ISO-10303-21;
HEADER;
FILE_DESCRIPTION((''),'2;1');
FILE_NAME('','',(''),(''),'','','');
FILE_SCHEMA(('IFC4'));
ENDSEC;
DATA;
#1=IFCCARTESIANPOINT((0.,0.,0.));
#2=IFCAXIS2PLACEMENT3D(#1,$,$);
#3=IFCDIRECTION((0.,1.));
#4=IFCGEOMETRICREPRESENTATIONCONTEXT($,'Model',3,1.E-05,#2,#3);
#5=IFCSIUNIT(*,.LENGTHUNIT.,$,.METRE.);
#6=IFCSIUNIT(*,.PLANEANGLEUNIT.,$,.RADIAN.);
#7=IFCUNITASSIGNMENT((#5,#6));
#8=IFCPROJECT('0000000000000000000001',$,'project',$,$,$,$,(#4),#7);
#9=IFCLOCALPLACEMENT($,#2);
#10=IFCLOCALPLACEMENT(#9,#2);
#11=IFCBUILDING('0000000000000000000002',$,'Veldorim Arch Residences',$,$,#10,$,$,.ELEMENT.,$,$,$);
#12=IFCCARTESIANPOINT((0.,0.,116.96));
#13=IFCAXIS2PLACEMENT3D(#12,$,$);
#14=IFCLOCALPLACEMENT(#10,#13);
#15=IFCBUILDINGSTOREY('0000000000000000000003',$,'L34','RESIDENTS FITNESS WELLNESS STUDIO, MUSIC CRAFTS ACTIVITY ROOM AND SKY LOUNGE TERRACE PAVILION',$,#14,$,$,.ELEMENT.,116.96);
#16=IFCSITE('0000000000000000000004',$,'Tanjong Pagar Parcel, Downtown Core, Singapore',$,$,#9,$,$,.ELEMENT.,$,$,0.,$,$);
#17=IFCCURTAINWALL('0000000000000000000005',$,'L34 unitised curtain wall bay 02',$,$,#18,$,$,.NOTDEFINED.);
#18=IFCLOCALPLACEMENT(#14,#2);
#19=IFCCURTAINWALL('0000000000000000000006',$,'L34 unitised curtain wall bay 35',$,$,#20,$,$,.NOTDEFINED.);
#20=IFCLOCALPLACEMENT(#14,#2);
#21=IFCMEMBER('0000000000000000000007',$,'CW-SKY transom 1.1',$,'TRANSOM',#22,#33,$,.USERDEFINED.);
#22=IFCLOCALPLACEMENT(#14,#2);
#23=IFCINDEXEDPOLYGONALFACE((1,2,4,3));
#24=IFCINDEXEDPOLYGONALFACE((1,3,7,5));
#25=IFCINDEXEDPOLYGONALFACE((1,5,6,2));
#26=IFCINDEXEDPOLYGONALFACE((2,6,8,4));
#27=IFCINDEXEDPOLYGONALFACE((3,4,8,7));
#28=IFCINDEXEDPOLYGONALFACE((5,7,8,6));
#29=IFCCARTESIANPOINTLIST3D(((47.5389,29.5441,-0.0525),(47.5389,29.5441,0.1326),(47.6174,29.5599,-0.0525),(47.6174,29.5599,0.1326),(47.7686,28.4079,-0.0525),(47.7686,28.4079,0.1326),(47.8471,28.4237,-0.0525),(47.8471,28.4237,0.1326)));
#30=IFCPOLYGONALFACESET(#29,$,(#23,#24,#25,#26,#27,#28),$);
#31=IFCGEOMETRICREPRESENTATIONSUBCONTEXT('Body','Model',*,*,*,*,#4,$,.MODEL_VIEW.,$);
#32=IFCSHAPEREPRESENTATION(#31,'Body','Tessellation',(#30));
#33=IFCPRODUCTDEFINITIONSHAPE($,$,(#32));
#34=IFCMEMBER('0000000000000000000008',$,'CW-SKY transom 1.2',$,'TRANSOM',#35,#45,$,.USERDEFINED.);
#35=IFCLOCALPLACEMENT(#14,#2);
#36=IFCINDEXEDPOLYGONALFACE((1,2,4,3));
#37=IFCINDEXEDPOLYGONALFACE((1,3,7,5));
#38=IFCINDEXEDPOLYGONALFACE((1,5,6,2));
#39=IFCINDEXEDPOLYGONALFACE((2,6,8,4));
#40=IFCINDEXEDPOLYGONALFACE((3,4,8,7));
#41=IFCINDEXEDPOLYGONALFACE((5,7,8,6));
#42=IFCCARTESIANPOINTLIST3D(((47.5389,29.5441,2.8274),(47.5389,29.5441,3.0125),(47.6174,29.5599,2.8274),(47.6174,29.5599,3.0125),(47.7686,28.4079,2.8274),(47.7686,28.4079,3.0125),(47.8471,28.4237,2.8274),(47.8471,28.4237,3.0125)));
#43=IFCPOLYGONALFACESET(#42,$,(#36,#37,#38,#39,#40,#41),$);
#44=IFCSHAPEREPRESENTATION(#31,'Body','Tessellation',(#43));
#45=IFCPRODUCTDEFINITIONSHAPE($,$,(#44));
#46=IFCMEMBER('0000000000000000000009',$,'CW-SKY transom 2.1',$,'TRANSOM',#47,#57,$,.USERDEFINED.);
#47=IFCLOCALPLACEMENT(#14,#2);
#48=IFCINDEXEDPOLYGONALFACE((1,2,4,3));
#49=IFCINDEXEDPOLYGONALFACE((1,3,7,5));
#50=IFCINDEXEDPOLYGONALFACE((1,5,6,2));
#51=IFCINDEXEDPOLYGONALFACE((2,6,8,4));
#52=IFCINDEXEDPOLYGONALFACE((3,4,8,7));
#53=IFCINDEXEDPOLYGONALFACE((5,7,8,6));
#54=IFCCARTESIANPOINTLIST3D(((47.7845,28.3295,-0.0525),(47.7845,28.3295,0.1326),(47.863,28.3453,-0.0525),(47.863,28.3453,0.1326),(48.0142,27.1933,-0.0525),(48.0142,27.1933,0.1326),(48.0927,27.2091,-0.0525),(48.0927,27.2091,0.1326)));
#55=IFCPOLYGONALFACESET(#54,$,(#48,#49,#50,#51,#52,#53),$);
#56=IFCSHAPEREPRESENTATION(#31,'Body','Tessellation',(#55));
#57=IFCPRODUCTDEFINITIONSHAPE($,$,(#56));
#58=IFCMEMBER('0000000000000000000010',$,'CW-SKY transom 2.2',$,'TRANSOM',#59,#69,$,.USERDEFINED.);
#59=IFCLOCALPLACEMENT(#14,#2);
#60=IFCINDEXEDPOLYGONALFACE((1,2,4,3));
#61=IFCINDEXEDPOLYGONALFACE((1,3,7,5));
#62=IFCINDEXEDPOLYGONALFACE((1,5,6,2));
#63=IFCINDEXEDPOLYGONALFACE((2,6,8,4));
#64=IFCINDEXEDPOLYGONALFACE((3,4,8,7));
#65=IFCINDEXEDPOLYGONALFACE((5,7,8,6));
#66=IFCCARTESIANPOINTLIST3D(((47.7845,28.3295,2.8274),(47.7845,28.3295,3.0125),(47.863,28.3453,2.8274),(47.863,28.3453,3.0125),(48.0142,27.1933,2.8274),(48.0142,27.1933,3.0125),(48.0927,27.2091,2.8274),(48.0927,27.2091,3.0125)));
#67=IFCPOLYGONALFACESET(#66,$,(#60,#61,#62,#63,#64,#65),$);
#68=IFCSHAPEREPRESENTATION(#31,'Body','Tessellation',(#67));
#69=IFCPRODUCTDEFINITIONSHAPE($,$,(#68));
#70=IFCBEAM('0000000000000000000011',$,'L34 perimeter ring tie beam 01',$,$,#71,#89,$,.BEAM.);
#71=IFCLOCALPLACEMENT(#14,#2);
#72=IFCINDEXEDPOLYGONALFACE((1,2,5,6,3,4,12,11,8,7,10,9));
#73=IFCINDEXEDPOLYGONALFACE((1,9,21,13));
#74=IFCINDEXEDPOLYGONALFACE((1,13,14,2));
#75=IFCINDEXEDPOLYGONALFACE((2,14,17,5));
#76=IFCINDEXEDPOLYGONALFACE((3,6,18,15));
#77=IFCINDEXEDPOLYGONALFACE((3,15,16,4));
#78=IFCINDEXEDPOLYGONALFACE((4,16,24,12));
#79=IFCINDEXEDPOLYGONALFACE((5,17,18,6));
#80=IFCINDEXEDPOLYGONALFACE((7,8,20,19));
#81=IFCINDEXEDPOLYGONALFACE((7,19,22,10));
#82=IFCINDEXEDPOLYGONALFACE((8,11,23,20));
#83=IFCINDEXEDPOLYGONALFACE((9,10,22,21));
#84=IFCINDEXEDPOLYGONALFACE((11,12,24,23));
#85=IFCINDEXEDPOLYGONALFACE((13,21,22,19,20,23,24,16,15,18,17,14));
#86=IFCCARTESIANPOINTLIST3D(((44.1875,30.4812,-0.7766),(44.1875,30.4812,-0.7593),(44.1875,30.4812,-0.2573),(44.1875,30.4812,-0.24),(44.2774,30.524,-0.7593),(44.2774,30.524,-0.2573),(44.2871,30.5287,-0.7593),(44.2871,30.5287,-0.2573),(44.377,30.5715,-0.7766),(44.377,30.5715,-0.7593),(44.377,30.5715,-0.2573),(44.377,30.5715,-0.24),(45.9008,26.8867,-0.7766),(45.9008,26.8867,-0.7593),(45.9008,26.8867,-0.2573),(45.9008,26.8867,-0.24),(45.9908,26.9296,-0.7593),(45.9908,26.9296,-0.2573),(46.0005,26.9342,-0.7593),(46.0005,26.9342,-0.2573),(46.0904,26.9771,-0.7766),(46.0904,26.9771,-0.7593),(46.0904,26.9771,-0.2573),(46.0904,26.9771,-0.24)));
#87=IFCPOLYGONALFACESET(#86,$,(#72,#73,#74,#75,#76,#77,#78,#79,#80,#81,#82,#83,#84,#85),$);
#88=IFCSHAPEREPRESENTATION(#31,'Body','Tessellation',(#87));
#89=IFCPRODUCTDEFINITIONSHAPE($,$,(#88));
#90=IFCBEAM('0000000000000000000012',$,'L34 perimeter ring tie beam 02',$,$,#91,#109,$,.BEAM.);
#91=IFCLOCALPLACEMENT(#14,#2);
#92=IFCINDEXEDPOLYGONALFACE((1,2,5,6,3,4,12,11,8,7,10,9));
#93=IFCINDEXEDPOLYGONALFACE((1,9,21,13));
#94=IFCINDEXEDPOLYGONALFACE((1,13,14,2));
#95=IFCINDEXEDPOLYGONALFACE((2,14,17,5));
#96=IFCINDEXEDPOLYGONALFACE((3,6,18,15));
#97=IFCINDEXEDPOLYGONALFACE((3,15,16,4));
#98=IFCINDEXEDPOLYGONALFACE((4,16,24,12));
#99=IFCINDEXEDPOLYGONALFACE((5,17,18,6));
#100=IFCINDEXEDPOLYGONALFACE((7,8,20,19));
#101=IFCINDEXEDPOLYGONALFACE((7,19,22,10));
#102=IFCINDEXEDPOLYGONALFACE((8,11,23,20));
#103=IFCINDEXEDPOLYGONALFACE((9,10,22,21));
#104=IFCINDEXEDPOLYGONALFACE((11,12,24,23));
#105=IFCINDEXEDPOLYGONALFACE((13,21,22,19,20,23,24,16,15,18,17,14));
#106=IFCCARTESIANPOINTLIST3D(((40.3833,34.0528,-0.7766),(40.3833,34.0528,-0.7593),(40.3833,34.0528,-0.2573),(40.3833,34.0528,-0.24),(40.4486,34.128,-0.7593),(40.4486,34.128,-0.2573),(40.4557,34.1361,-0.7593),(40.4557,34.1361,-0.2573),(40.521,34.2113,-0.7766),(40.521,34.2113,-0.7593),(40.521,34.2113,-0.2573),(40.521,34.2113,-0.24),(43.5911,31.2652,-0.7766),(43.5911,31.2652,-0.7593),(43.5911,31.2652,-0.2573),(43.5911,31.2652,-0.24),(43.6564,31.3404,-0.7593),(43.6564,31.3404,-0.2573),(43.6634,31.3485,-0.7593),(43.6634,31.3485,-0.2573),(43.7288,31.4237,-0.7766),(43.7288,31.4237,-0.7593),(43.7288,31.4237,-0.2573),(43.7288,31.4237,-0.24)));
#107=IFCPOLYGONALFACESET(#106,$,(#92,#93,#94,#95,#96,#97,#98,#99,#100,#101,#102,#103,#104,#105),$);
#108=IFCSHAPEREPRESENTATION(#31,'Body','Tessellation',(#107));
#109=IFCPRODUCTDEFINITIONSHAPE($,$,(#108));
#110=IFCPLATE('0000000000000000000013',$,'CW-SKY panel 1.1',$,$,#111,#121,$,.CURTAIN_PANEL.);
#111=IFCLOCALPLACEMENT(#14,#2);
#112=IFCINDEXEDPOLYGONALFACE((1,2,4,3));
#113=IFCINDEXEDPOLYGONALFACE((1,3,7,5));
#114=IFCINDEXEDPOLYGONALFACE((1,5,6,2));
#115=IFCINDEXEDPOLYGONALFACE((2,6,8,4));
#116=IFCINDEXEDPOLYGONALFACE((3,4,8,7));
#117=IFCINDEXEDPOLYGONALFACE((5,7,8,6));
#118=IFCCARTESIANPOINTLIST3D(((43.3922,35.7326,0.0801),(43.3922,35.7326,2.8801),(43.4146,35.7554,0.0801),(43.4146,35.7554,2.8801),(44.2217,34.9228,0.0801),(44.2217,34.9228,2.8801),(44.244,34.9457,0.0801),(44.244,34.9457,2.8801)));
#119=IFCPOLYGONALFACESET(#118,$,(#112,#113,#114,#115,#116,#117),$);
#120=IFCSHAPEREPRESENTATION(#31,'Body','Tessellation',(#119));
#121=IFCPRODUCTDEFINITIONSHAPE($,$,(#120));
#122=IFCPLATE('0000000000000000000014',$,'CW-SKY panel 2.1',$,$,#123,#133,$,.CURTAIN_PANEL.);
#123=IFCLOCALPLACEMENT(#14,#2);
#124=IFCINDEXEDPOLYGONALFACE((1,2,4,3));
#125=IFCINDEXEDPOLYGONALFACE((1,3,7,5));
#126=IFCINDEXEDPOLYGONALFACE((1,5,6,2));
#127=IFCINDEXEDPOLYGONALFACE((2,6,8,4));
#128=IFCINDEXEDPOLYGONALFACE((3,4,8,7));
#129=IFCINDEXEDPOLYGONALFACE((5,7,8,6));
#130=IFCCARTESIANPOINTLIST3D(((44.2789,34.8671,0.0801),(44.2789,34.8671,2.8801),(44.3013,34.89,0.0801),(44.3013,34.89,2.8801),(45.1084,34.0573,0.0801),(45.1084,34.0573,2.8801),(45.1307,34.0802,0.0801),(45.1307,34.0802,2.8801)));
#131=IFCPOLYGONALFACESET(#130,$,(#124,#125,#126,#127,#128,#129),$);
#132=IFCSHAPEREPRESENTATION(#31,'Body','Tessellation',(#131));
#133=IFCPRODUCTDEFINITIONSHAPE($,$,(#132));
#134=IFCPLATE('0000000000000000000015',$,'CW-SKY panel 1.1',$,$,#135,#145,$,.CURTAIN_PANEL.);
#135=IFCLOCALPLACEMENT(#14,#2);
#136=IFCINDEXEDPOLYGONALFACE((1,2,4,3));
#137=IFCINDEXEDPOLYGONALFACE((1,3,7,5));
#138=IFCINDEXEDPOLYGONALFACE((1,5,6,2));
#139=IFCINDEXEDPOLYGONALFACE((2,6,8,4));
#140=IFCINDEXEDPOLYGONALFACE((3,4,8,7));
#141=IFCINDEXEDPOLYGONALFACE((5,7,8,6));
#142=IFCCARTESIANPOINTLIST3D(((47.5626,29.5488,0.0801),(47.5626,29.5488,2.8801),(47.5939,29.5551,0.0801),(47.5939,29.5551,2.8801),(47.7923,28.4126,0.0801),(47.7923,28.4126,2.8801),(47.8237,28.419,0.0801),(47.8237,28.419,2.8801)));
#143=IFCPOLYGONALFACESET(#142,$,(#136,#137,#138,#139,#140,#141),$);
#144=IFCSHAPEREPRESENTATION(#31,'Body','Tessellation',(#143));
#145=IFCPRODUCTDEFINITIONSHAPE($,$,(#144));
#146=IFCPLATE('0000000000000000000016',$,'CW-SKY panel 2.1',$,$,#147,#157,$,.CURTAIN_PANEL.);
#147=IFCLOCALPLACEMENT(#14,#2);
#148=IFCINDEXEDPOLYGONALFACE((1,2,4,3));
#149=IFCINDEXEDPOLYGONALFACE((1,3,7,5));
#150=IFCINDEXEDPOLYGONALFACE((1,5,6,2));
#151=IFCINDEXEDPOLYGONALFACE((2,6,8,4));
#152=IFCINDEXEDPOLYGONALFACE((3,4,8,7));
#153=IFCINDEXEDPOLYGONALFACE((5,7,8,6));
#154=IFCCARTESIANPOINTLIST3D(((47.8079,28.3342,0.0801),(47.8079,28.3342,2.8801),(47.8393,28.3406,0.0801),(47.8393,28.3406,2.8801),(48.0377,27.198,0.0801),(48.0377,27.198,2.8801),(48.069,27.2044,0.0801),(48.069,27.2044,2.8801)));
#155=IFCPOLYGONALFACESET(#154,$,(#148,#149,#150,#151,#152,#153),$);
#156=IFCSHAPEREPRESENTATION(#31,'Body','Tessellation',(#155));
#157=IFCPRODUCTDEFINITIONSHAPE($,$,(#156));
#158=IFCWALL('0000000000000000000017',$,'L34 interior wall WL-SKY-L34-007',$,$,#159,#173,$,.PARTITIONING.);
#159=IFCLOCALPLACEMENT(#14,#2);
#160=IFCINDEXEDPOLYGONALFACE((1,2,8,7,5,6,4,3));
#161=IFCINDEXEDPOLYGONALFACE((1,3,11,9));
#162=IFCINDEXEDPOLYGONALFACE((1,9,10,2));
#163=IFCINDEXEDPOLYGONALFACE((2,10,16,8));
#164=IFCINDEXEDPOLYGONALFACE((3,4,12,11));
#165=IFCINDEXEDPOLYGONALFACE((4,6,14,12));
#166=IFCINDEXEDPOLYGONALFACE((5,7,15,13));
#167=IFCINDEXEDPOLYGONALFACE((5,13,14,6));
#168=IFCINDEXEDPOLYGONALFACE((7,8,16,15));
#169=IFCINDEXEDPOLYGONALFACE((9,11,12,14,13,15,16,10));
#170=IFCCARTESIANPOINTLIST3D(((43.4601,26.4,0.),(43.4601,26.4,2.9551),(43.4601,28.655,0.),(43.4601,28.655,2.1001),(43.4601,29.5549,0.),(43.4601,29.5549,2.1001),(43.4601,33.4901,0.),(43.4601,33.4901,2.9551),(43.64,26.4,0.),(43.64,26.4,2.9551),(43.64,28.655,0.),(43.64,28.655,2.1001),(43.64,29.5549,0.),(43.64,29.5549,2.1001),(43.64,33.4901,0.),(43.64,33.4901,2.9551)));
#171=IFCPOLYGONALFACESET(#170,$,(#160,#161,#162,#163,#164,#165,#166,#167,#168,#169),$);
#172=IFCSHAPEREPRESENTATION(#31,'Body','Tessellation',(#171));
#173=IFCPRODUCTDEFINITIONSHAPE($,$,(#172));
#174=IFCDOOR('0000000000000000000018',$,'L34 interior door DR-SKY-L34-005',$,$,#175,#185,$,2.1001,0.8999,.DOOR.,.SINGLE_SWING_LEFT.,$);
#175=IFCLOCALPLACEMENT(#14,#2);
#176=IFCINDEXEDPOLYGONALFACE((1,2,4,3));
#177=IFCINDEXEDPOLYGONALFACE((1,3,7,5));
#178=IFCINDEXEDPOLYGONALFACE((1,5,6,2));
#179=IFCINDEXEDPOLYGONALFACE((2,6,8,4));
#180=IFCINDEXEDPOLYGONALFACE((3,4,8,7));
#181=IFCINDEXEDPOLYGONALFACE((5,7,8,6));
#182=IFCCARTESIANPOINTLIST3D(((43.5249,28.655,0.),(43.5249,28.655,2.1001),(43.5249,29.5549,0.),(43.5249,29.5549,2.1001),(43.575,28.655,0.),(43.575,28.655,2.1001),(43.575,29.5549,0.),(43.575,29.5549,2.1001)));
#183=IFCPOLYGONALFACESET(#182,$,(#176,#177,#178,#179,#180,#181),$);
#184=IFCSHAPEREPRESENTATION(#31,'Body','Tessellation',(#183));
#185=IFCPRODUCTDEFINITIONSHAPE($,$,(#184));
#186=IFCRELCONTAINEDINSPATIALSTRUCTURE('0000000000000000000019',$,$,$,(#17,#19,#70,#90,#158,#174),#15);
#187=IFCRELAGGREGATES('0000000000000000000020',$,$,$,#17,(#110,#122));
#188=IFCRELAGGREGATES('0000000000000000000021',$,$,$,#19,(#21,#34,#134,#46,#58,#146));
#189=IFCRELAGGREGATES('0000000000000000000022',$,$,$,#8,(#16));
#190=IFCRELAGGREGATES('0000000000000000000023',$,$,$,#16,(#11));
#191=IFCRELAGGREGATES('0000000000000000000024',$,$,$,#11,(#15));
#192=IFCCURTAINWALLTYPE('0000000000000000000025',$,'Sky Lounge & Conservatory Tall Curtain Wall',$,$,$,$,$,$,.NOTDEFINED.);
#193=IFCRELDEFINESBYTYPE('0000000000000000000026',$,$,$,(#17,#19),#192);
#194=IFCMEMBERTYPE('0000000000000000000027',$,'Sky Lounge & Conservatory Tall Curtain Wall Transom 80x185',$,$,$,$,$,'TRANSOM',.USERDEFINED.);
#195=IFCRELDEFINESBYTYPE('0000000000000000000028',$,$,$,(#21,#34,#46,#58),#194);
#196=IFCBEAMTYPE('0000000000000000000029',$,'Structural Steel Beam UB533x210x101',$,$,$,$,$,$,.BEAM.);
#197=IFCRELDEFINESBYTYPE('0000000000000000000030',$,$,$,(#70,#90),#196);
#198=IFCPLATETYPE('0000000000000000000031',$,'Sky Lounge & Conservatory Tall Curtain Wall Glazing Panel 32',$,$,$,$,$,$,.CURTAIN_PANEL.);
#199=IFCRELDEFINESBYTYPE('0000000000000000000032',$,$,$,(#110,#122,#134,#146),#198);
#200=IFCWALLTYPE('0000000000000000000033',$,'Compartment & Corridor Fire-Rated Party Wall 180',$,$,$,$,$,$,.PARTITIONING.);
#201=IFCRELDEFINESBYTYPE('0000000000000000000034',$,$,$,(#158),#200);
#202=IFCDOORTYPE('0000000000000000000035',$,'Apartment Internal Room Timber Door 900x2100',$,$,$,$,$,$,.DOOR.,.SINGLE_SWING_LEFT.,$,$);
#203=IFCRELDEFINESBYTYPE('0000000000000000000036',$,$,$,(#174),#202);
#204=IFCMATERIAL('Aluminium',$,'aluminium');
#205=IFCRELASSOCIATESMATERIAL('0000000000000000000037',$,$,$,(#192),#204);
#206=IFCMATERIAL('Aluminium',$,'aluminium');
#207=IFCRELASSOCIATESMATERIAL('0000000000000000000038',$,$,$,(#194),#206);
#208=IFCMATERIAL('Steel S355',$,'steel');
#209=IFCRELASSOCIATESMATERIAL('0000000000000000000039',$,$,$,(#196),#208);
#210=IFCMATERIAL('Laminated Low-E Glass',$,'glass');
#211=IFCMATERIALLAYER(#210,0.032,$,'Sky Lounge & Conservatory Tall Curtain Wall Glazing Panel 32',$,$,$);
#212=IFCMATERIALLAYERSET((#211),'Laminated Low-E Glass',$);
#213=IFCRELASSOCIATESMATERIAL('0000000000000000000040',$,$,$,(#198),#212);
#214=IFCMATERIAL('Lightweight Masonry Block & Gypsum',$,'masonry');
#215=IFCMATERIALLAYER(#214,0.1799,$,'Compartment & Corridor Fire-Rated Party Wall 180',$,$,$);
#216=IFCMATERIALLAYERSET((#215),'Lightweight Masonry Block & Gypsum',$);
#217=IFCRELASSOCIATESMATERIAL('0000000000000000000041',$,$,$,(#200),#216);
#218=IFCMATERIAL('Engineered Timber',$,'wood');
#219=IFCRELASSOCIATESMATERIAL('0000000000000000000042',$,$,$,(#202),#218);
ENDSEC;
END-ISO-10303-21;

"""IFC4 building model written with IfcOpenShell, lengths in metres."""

from ifc_helpers import new_model, si_unit, direction, frame, frame_2d, origin, origin_2d, place, context, subcontext, project, spatial, rectangle, i_section, extrude, material, layer, layer_set, material_profile, profile_set, type_object, element, fill, aggregate, save


model = new_model("IFC4")

# Units and contexts
model_context = context("Model", 3, precision=1e-05, world=origin(), true_north=direction((0.0, 1.0)))
body_context = subcontext(model_context, "Body", "Model", "MODEL_VIEW")
ifc_project = project(units=[si_unit("LENGTHUNIT", "METRE"), si_unit("PLANEANGLEUNIT", "RADIAN")], contexts=[model_context])

# Site, building, storey
site_placement = place(None, origin())
site = spatial("IfcSite", under=ifc_project, at=site_placement, Name="Tanjong Pagar Parcel, Downtown Core, Singapore", CompositionType="ELEMENT", RefElevation=0.0)
building_placement = place(site_placement, origin())
building = spatial("IfcBuilding", under=site, at=building_placement, Name="Veldorim Arch Residences", CompositionType="ELEMENT")
storey_placement = place(building_placement, frame((0.0, 0.0, 116.96)))
storey = spatial("IfcBuildingStorey", under=building, at=storey_placement, Name="L34", Description="RESIDENTS FITNESS WELLNESS STUDIO, MUSIC CRAFTS ACTIVITY ROOM AND SKY LOUNGE TERRACE PAVILION", CompositionType="ELEMENT", Elevation=116.96)

# Curtain walls
ifc_material_1 = material(Name="Aluminium", Category="aluminium")
curtain_wall_type = type_object("IfcCurtainWallType", Name="Sky Lounge & Conservatory Tall Curtain Wall", PredefinedType="NOTDEFINED", material=ifc_material_1)
curtain_wall_1_placement = place(storey_placement, origin())
curtain_wall_1 = element("IfcCurtainWall", 1, at=curtain_wall_1_placement, inside=storey, type_object=curtain_wall_type, Name="L34 unitised curtain wall bay 02", PredefinedType="NOTDEFINED")
curtain_wall_2_placement = place(storey_placement, origin())
curtain_wall_2 = element("IfcCurtainWall", 2, at=curtain_wall_2_placement, inside=storey, type_object=curtain_wall_type, Name="L34 unitised curtain wall bay 35", PredefinedType="NOTDEFINED")

# Members
ifc_material_2 = material(Name="Aluminium", Category="aluminium")
ifc_material_profile_1 = material_profile(ifc_material_2, rectangle(XDim=0.0801, YDim=0.1851, at=origin_2d()), Name="ALU_TRN_80x185")
ifc_profile_set_1 = profile_set([ifc_material_profile_1], Name="Aluminium")
member_type_1 = type_object("IfcMemberType", Name="Sky Lounge & Conservatory Tall Curtain Wall Transom 80x185", ElementType="TRANSOM", PredefinedType="USERDEFINED", material=ifc_profile_set_1)
member_1_placement = place(storey_placement, frame((47.5781, 29.552, 0.04), z_axis=(0.198181, -0.980165, 0.0), x_axis=(0.980165, 0.198181, 0.0)))
member_1 = element("IfcMember", 3, at=member_1_placement, type_object=member_type_1, Name="CW-SKY transom 1.1", ObjectType="TRANSOM", PredefinedType="USERDEFINED", context=body_context, shape_type="SweptSolid", body=[
    extrude(rectangle(XDim=0.0801, YDim=0.1851, at=origin_2d()), origin(), (0.0, 0.0, 1.0), 1.1592),
])
member_2_placement = place(storey_placement, frame((47.5781, 29.552, 2.9199), z_axis=(0.198181, -0.980165, 0.0), x_axis=(0.980165, 0.198181, 0.0)))
member_2 = element("IfcMember", 4, at=member_2_placement, type_object=member_type_1, Name="CW-SKY transom 1.2", ObjectType="TRANSOM", PredefinedType="USERDEFINED", context=body_context, shape_type="SweptSolid", body=[
    extrude(rectangle(XDim=0.0801, YDim=0.1851, at=origin_2d()), origin(), (0.0, 0.0, 1.0), 1.1592),
])
member_3_placement = place(storey_placement, frame((47.8237, 28.3374, 0.04), z_axis=(0.198181, -0.980165, 0.0), x_axis=(0.980165, 0.198181, 0.0)))
member_3 = element("IfcMember", 5, at=member_3_placement, type_object=member_type_1, Name="CW-SKY transom 2.1", ObjectType="TRANSOM", PredefinedType="USERDEFINED", context=body_context, shape_type="SweptSolid", body=[
    extrude(rectangle(XDim=0.0801, YDim=0.1851, at=origin_2d()), origin(), (0.0, 0.0, 1.0), 1.1592),
])
member_4_placement = place(storey_placement, frame((47.8237, 28.3374, 2.9199), z_axis=(0.198181, -0.980165, 0.0), x_axis=(0.980165, 0.198181, 0.0)))
member_4 = element("IfcMember", 6, at=member_4_placement, type_object=member_type_1, Name="CW-SKY transom 2.2", ObjectType="TRANSOM", PredefinedType="USERDEFINED", context=body_context, shape_type="SweptSolid", body=[
    extrude(rectangle(XDim=0.0801, YDim=0.1851, at=origin_2d()), origin(), (0.0, 0.0, 1.0), 1.1592),
])

# Beams
ifc_material_3 = material(Name="Steel S355", Category="steel")
ifc_material_profile_2 = material_profile(ifc_material_3, i_section(OverallWidth=0.21, OverallDepth=0.5366, WebThickness=0.0107, FlangeThickness=0.0173, at=origin_2d()), Name="UB533x210x101")
ifc_profile_set_2 = profile_set([ifc_material_profile_2], Name="Steel S355")
beam_type = type_object("IfcBeamType", Name="Structural Steel Beam UB533x210x101", PredefinedType="BEAM", material=ifc_profile_set_2)
beam_1_placement = place(storey_placement, frame((45.9956, 26.9319, -0.5083), z_axis=(-0.430286, 0.902693, 0.0), x_axis=(-0.902693, -0.430286, 0.0)))
element("IfcBeam", 7, at=beam_1_placement, inside=storey, type_object=beam_type, Name="L34 perimeter ring tie beam 01", PredefinedType="BEAM", context=body_context, shape_type="SweptSolid", body=[
    extrude(i_section(OverallWidth=0.21, OverallDepth=0.5366, WebThickness=0.0107, FlangeThickness=0.0173, at=origin_2d()), origin(), (0.0, 0.0, 1.0), 3.9819),
])
beam_2_placement = place(storey_placement, frame((43.6599, 31.3445, -0.5083), z_axis=(-0.754811, 0.655943, 0.0), x_axis=(-0.655943, -0.754811, 0.0)))
element("IfcBeam", 8, at=beam_2_placement, inside=storey, type_object=beam_type, Name="L34 perimeter ring tie beam 02", PredefinedType="BEAM", context=body_context, shape_type="SweptSolid", body=[
    extrude(i_section(OverallWidth=0.21, OverallDepth=0.5366, WebThickness=0.0107, FlangeThickness=0.0173, at=origin_2d()), origin(), (0.0, 0.0, 1.0), 4.2498),
])

# Plates
ifc_material_4 = material(Name="Laminated Low-E Glass", Category="glass")
ifc_layer_1 = layer(ifc_material_4, 0.032, Name="Sky Lounge & Conservatory Tall Curtain Wall Glazing Panel 32")
ifc_layer_set_1 = layer_set([ifc_layer_1], Name="Laminated Low-E Glass")
plate_type = type_object("IfcPlateType", Name="Sky Lounge & Conservatory Tall Curtain Wall Glazing Panel 32", PredefinedType="CURTAIN_PANEL", material=ifc_layer_set_1)
plate_1_placement = place(storey_placement, frame((43.8181, 35.3391, 0.0801), z_axis=(0.0, 0.0, 1.0), x_axis=(0.715538, -0.698573, 0.0)))
plate_1 = element("IfcPlate", 9, at=plate_1_placement, type_object=plate_type, Name="CW-SKY panel 1.1", PredefinedType="CURTAIN_PANEL", context=body_context, shape_type="SweptSolid", body=[
    extrude(rectangle(XDim=1.1592, YDim=0.032, at=origin_2d()), origin(), (0.0, 0.0, 1.0), 2.8),
])
plate_2_placement = place(storey_placement, frame((44.7048, 34.4736, 0.0801), z_axis=(0.0, 0.0, 1.0), x_axis=(0.715538, -0.698573, 0.0)))
plate_2 = element("IfcPlate", 10, at=plate_2_placement, type_object=plate_type, Name="CW-SKY panel 2.1", PredefinedType="CURTAIN_PANEL", context=body_context, shape_type="SweptSolid", body=[
    extrude(rectangle(XDim=1.1592, YDim=0.032, at=origin_2d()), origin(), (0.0, 0.0, 1.0), 2.8),
])
aggregate(curtain_wall_1, [plate_1, plate_2])
plate_3_placement = place(storey_placement, frame((47.6931, 28.9839, 0.0801), z_axis=(0.0, 0.0, 1.0), x_axis=(0.198183, -0.980165, 0.0)))
plate_3 = element("IfcPlate", 11, at=plate_3_placement, type_object=plate_type, Name="CW-SKY panel 1.1", PredefinedType="CURTAIN_PANEL", context=body_context, shape_type="SweptSolid", body=[
    extrude(rectangle(XDim=1.1592, YDim=0.032, at=origin_2d()), origin(), (0.0, 0.0, 1.0), 2.8),
])
plate_4_placement = place(storey_placement, frame((47.9385, 27.7693, 0.0801), z_axis=(0.0, 0.0, 1.0), x_axis=(0.198183, -0.980165, 0.0)))
plate_4 = element("IfcPlate", 12, at=plate_4_placement, type_object=plate_type, Name="CW-SKY panel 2.1", PredefinedType="CURTAIN_PANEL", context=body_context, shape_type="SweptSolid", body=[
    extrude(rectangle(XDim=1.1592, YDim=0.032, at=origin_2d()), origin(), (0.0, 0.0, 1.0), 2.8),
])
aggregate(curtain_wall_2, [member_1, member_2, plate_3, member_3, member_4, plate_4])

# Wall, opening, door
ifc_material_5 = material(Name="Lightweight Masonry Block & Gypsum", Category="masonry")
ifc_layer_2 = layer(ifc_material_5, 0.1799, Name="Compartment & Corridor Fire-Rated Party Wall 180")
ifc_layer_set_2 = layer_set([ifc_layer_2], Name="Lightweight Masonry Block & Gypsum")
wall_type_1 = type_object("IfcWallType", Name="Compartment & Corridor Fire-Rated Party Wall 180", PredefinedType="PARTITIONING", material=ifc_layer_set_2)
wall_1_placement = place(storey_placement, frame((43.55, 33.49, 0.0), z_axis=(0.0, 0.0, 1.0), x_axis=(0.0, -1.0, 0.0)))
wall_1 = element("IfcWall", 13, at=wall_1_placement, inside=storey, type_object=wall_type_1, Name="L34 interior wall WL-SKY-L34-007", PredefinedType="PARTITIONING", context=body_context, shape_type="SweptSolid", body=[
    extrude(rectangle(XDim=7.0901, YDim=0.1799, at=frame_2d((3.5449, 0.0))), origin(), (0.0, 0.0, 1.0), 2.9551),
])
opening_1_placement = place(wall_1_placement, frame((3.9351, 0.0, 0.0)))
opening_1 = element("IfcOpeningElement", 14, at=opening_1_placement, cuts=wall_1, PredefinedType="OPENING", context=body_context, shape_type="SweptSolid", body=[
    extrude(rectangle(XDim=0.8999, YDim=2.1001, at=frame_2d((0.45, 1.05))), frame((0.0, 0.0999, 0.0), z_axis=(0.0, -1.0, 0.0), x_axis=(1.0, 0.0, 0.0)), (0.0, 0.0, 1.0), 0.2),
])
ifc_material_6 = material(Name="Engineered Timber", Category="wood")
door_type = type_object("IfcDoorType", Name="Apartment Internal Room Timber Door 900x2100", OperationType="SINGLE_SWING_LEFT", PredefinedType="DOOR", material=ifc_material_6)
door_placement = place(opening_1_placement, origin())
door = element("IfcDoor", 15, at=door_placement, inside=storey, type_object=door_type, Name="L34 interior door DR-SKY-L34-005", OperationType="SINGLE_SWING_LEFT", OverallHeight=2.1001, OverallWidth=0.8999, PredefinedType="DOOR", context=body_context, shape_type="SweptSolid", body=[
    extrude(rectangle(XDim=0.8999, YDim=2.1001, at=frame_2d((0.45, 1.05))), frame((0.0, 0.0249, 0.0), z_axis=(0.0, -1.0, 0.0), x_axis=(1.0, 0.0, 0.0)), (0.0, 0.0, 1.0), 0.05),
])
fill(opening_1, door)

save(model, "model.ifc")
